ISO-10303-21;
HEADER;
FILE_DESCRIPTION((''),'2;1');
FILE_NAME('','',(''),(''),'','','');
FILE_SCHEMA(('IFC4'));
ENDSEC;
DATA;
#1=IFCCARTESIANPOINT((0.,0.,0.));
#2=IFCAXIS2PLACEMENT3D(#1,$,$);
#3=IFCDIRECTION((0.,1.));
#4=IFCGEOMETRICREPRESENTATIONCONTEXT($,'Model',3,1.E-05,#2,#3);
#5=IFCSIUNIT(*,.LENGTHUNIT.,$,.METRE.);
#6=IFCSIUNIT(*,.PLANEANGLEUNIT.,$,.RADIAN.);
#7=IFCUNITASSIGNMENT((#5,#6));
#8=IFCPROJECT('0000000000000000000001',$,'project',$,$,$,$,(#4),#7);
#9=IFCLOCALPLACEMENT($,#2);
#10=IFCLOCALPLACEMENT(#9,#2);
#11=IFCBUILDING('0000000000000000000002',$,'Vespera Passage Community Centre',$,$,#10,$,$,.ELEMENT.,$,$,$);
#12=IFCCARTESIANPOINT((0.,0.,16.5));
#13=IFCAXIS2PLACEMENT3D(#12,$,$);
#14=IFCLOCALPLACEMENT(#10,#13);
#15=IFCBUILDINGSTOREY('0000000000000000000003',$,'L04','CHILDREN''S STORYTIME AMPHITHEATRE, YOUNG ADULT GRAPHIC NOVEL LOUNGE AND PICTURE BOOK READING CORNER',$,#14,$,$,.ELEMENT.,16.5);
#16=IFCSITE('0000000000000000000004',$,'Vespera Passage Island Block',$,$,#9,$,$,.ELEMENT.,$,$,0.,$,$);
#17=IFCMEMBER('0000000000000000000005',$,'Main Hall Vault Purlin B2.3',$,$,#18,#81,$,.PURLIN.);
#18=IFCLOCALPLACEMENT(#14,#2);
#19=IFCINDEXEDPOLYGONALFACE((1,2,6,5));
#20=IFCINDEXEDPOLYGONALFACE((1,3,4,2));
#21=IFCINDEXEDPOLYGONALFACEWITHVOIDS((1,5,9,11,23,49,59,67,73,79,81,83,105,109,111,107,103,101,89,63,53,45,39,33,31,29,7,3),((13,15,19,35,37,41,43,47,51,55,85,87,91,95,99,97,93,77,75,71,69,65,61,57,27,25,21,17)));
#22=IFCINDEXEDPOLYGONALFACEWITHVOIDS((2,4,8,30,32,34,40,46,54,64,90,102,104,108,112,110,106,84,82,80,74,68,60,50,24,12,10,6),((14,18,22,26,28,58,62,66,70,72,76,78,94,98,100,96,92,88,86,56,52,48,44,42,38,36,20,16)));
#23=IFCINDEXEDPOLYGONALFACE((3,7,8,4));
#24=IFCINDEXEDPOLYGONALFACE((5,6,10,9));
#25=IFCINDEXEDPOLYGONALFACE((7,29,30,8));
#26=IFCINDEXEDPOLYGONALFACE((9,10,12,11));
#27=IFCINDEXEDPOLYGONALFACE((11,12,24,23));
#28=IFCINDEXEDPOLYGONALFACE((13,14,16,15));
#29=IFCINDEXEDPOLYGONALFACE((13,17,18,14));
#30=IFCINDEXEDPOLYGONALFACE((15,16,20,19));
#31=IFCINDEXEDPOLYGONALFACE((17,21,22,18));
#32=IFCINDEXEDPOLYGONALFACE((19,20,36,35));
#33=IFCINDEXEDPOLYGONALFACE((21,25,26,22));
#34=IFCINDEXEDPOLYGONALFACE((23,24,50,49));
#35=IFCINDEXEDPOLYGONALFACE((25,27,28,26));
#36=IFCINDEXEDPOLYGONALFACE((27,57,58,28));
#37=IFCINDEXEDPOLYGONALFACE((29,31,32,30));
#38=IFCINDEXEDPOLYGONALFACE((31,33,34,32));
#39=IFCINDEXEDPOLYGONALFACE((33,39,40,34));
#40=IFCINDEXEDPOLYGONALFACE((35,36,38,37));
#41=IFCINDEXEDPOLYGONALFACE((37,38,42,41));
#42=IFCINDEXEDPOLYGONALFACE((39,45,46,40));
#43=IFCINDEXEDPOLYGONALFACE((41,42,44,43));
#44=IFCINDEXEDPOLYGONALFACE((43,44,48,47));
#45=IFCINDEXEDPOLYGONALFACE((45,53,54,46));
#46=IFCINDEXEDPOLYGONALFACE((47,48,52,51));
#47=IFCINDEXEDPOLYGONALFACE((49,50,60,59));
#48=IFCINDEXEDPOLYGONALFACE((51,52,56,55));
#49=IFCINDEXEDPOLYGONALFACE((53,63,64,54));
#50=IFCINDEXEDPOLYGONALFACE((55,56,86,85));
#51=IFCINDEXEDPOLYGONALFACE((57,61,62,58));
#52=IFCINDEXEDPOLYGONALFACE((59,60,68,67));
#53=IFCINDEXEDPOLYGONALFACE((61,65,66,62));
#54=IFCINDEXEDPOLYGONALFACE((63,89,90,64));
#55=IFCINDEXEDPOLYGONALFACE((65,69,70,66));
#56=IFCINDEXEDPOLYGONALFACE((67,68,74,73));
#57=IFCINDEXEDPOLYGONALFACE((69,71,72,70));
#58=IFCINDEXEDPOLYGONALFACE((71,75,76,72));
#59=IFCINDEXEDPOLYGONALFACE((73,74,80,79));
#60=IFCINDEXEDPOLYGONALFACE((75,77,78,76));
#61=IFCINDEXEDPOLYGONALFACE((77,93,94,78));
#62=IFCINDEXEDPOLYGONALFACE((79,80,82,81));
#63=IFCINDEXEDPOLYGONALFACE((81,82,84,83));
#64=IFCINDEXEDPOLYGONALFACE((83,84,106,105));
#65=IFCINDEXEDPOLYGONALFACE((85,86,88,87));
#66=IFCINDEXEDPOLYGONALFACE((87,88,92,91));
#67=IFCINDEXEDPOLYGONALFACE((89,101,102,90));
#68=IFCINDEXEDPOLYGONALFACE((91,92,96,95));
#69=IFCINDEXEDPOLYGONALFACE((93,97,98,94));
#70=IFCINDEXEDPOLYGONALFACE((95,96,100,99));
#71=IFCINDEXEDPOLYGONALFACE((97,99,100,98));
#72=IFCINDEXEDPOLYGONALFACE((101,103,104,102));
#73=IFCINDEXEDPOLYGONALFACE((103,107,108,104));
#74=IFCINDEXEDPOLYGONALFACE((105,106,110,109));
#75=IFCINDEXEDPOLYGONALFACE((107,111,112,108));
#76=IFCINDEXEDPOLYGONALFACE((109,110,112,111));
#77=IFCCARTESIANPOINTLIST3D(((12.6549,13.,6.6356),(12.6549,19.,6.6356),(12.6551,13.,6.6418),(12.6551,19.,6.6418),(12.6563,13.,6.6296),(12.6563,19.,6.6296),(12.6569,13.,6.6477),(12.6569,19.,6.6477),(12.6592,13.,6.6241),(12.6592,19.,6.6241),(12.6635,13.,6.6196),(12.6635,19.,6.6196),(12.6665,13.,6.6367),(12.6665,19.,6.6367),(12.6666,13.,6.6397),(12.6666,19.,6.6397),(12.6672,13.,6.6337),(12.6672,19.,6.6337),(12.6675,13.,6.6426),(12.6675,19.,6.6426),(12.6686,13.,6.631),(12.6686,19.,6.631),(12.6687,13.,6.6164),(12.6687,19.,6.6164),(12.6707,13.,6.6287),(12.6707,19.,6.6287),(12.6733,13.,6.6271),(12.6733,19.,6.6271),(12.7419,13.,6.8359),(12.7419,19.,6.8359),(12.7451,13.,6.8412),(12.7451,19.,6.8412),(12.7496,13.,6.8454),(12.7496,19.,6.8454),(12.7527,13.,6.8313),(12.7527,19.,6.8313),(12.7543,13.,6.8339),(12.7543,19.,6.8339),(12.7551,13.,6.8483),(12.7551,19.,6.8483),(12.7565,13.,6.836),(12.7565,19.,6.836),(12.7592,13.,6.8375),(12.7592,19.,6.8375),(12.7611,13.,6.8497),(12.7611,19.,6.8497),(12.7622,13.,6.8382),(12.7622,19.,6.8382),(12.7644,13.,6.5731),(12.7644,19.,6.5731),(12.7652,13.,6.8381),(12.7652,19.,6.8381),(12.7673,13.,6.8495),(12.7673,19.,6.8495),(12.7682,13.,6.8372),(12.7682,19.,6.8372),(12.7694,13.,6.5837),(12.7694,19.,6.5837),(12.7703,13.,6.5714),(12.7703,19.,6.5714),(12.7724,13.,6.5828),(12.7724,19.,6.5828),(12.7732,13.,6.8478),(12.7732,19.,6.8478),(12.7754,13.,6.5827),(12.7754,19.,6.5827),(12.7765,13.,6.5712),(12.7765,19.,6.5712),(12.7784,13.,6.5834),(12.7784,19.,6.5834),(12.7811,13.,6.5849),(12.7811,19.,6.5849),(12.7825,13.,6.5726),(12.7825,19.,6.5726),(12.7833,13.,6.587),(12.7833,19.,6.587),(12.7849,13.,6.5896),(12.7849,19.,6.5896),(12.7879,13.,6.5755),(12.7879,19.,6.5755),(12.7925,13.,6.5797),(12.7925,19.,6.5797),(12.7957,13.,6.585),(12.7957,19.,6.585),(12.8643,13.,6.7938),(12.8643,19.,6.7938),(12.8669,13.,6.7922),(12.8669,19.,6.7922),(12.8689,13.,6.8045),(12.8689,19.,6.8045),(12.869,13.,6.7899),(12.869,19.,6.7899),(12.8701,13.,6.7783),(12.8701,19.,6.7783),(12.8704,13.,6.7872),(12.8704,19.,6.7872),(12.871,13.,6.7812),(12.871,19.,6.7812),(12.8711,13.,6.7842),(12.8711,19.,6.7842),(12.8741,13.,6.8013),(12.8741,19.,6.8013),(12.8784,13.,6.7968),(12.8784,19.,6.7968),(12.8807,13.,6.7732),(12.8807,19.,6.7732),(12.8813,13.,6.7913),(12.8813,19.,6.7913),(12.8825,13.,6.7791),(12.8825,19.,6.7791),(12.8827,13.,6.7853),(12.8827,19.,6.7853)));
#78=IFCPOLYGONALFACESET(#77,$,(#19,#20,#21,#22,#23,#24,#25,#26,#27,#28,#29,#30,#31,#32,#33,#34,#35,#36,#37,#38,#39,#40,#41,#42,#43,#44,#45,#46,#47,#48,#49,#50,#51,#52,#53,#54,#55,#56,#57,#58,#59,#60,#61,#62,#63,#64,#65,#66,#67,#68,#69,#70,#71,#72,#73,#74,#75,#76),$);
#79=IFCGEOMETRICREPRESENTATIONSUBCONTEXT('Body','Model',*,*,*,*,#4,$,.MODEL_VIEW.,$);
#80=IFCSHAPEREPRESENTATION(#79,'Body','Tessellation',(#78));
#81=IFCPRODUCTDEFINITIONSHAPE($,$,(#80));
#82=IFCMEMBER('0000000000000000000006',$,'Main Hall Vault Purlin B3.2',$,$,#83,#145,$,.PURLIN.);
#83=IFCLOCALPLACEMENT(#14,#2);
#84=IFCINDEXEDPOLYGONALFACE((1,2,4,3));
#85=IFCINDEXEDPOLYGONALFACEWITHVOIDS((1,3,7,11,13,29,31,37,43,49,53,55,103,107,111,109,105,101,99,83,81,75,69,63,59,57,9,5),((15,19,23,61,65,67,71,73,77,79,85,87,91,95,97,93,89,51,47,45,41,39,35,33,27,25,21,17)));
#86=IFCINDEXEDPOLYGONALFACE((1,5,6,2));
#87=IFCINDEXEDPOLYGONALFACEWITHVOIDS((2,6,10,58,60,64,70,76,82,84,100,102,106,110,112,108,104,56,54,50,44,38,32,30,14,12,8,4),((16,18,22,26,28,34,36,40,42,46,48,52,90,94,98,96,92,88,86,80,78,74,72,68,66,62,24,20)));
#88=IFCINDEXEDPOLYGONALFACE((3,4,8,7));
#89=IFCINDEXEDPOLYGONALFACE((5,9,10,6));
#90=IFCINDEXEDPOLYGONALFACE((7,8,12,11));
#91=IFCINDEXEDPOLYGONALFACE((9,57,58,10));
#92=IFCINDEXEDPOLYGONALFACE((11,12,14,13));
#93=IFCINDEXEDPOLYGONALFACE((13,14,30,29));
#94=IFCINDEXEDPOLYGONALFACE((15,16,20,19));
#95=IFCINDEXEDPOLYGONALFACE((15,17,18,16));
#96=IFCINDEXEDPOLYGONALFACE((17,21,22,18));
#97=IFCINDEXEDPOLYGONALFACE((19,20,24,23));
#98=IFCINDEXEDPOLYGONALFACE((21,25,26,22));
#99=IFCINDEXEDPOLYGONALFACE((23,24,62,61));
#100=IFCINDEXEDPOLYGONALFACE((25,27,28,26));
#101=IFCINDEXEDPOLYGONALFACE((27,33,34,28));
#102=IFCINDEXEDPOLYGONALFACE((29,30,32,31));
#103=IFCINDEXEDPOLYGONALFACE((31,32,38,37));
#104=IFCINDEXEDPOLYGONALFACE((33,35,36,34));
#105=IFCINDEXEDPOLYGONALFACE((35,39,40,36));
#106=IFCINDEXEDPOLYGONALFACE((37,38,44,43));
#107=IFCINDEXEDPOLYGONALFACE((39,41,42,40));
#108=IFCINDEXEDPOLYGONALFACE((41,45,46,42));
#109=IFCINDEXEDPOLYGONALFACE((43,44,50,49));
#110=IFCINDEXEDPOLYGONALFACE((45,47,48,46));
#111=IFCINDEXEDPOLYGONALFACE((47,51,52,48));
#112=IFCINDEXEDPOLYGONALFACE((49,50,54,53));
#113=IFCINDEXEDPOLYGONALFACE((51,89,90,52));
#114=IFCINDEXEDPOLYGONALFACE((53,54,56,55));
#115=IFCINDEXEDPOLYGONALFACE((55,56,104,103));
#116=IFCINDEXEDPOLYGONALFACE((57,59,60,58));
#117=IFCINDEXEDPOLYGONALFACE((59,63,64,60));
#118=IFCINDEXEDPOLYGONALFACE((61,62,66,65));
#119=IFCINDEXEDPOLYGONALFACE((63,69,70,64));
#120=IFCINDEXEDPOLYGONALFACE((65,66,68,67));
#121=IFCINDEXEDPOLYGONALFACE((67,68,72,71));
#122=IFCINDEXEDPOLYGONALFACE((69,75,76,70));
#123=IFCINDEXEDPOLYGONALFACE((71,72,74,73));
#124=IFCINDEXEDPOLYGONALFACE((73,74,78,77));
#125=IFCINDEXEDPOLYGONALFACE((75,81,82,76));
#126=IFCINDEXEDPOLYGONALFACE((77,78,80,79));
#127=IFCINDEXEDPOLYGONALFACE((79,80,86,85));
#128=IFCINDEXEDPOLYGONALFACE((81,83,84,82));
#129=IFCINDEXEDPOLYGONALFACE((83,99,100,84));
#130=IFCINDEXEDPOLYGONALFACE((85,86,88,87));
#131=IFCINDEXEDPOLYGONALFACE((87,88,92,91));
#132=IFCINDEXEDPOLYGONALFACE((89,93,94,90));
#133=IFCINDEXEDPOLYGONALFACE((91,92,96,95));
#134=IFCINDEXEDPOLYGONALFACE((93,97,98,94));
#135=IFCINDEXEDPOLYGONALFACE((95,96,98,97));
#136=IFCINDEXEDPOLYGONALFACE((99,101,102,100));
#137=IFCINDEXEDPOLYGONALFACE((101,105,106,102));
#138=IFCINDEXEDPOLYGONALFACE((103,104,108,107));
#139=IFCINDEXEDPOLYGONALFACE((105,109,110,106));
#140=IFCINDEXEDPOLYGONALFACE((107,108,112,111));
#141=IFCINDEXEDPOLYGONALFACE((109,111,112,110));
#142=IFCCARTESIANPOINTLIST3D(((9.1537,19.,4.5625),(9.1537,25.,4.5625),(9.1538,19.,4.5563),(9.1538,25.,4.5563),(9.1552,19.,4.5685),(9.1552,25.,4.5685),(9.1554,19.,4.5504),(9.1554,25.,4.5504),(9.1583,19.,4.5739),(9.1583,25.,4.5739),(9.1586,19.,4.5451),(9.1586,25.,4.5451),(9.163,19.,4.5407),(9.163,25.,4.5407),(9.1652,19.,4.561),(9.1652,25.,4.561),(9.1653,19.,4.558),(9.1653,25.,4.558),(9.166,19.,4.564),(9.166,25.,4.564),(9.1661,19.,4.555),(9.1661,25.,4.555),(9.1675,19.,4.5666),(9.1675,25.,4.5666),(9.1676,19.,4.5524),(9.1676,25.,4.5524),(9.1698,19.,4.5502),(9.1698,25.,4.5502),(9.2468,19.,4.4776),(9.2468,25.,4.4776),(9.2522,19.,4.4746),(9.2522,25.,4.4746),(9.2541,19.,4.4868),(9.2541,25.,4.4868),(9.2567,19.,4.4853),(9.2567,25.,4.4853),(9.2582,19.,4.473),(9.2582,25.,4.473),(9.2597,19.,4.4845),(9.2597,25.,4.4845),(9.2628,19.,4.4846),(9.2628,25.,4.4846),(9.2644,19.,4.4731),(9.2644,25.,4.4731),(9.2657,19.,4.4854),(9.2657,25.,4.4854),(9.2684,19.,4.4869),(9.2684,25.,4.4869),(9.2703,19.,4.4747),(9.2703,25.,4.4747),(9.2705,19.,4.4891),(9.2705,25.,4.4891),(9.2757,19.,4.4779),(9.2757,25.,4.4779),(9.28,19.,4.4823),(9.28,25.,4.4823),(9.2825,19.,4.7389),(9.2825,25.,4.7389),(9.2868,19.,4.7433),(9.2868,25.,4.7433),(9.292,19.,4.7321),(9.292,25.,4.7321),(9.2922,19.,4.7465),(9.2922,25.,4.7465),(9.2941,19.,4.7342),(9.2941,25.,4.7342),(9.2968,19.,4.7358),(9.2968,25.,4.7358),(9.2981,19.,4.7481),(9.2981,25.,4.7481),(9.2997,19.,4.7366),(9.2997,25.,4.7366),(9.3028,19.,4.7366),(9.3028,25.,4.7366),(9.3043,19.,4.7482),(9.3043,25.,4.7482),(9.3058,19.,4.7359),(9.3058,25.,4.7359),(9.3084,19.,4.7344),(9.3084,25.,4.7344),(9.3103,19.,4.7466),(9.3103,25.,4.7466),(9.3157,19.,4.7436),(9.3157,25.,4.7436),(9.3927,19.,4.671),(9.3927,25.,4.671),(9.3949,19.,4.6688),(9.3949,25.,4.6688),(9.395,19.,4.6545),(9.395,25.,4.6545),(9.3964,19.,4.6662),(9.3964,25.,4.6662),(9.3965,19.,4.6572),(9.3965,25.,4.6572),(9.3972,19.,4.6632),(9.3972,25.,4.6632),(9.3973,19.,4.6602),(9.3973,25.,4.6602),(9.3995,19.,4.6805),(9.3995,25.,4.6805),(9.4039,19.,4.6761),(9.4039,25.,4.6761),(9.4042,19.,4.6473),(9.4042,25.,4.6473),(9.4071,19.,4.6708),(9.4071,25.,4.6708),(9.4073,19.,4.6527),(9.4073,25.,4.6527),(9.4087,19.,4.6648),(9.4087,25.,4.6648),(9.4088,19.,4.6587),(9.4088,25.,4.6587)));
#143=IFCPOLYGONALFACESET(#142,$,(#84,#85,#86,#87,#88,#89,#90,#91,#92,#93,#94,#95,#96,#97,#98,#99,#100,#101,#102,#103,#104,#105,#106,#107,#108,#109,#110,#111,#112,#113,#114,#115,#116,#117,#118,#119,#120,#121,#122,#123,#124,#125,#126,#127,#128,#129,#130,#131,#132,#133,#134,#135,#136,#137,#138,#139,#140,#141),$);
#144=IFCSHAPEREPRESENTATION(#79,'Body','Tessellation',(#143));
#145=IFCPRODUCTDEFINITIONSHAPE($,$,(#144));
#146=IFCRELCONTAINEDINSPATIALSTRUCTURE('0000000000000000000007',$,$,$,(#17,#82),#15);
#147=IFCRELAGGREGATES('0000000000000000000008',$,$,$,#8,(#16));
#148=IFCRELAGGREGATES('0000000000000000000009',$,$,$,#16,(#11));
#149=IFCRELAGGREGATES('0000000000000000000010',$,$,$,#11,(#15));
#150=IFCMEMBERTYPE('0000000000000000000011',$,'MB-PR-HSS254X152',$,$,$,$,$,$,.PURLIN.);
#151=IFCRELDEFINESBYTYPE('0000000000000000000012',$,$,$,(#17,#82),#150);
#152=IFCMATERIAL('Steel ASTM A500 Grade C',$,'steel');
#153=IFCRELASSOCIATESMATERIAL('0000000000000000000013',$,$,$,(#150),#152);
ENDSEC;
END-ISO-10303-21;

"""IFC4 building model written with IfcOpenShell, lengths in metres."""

from ifc_helpers import new_model, si_unit, direction, frame, origin, origin_2d, place, context, subcontext, project, spatial, hollow_rectangle, extrude, material, material_profile, profile_set, type_object, element, save


model = new_model("IFC4")

# Units and contexts
model_context = context("Model", 3, precision=1e-05, world=origin(), true_north=direction((0.0, 1.0)))
body_context = subcontext(model_context, "Body", "Model", "MODEL_VIEW")
ifc_project = project(units=[si_unit("LENGTHUNIT", "METRE"), si_unit("PLANEANGLEUNIT", "RADIAN")], contexts=[model_context])

# Site, building, storey
site_placement = place(None, origin())
site = spatial("IfcSite", under=ifc_project, at=site_placement, Name="Vespera Passage Island Block", CompositionType="ELEMENT", RefElevation=0.0)
building_placement = place(site_placement, origin())
building = spatial("IfcBuilding", under=site, at=building_placement, Name="Vespera Passage Community Centre", CompositionType="ELEMENT")
storey_placement = place(building_placement, frame((0.0, 0.0, 16.5)))
storey = spatial("IfcBuildingStorey", under=building, at=storey_placement, Name="L04", Description="CHILDREN'S STORYTIME AMPHITHEATRE, YOUNG ADULT GRAPHIC NOVEL LOUNGE AND PICTURE BOOK READING CORNER", CompositionType="ELEMENT", Elevation=16.5)

# Members
ifc_material_1 = material(Name="Steel ASTM A500 Grade C", Category="steel")
ifc_material_profile_1 = material_profile(ifc_material_1, hollow_rectangle(XDim=0.1523, YDim=0.2539, WallThickness=0.0117, InnerFilletRadius=0.0117, OuterFilletRadius=0.0237, at=origin_2d()), Name="HSS254X152X12.7")
ifc_profile_set_1 = profile_set([ifc_material_profile_1], Name="Steel ASTM A500 Grade C")
member_type_1 = type_object("IfcMemberType", Name="MB-PR-HSS254X152", PredefinedType="PURLIN", material=ifc_profile_set_1)
for number, where, z_axis, x_axis, name in (
    (1, (12.7688, 13.0, 6.7104), (0.0, 1.0, 0.0), (-0.911367, 0.0, 0.411594), "Main Hall Vault Purlin B2.3"),
    (2, (9.2812, 19.0, 4.6106), (0.0, 1.0, 0.0), (-0.798972, 0.0, 0.601369), "Main Hall Vault Purlin B3.2"),
):
    element("IfcMember", number, at=place(storey_placement, frame(where, z_axis=z_axis, x_axis=x_axis)), inside=storey, type_object=member_type_1, Name=name, PredefinedType="PURLIN", context=body_context, shape_type="SweptSolid", body=[
        extrude(hollow_rectangle(XDim=0.1523, YDim=0.2539, WallThickness=0.0117, InnerFilletRadius=0.0117, OuterFilletRadius=0.0237, at=origin_2d()), origin(), (0.0, 0.0, 1.0), 6.0),
    ])

save(model, "model.ifc")
